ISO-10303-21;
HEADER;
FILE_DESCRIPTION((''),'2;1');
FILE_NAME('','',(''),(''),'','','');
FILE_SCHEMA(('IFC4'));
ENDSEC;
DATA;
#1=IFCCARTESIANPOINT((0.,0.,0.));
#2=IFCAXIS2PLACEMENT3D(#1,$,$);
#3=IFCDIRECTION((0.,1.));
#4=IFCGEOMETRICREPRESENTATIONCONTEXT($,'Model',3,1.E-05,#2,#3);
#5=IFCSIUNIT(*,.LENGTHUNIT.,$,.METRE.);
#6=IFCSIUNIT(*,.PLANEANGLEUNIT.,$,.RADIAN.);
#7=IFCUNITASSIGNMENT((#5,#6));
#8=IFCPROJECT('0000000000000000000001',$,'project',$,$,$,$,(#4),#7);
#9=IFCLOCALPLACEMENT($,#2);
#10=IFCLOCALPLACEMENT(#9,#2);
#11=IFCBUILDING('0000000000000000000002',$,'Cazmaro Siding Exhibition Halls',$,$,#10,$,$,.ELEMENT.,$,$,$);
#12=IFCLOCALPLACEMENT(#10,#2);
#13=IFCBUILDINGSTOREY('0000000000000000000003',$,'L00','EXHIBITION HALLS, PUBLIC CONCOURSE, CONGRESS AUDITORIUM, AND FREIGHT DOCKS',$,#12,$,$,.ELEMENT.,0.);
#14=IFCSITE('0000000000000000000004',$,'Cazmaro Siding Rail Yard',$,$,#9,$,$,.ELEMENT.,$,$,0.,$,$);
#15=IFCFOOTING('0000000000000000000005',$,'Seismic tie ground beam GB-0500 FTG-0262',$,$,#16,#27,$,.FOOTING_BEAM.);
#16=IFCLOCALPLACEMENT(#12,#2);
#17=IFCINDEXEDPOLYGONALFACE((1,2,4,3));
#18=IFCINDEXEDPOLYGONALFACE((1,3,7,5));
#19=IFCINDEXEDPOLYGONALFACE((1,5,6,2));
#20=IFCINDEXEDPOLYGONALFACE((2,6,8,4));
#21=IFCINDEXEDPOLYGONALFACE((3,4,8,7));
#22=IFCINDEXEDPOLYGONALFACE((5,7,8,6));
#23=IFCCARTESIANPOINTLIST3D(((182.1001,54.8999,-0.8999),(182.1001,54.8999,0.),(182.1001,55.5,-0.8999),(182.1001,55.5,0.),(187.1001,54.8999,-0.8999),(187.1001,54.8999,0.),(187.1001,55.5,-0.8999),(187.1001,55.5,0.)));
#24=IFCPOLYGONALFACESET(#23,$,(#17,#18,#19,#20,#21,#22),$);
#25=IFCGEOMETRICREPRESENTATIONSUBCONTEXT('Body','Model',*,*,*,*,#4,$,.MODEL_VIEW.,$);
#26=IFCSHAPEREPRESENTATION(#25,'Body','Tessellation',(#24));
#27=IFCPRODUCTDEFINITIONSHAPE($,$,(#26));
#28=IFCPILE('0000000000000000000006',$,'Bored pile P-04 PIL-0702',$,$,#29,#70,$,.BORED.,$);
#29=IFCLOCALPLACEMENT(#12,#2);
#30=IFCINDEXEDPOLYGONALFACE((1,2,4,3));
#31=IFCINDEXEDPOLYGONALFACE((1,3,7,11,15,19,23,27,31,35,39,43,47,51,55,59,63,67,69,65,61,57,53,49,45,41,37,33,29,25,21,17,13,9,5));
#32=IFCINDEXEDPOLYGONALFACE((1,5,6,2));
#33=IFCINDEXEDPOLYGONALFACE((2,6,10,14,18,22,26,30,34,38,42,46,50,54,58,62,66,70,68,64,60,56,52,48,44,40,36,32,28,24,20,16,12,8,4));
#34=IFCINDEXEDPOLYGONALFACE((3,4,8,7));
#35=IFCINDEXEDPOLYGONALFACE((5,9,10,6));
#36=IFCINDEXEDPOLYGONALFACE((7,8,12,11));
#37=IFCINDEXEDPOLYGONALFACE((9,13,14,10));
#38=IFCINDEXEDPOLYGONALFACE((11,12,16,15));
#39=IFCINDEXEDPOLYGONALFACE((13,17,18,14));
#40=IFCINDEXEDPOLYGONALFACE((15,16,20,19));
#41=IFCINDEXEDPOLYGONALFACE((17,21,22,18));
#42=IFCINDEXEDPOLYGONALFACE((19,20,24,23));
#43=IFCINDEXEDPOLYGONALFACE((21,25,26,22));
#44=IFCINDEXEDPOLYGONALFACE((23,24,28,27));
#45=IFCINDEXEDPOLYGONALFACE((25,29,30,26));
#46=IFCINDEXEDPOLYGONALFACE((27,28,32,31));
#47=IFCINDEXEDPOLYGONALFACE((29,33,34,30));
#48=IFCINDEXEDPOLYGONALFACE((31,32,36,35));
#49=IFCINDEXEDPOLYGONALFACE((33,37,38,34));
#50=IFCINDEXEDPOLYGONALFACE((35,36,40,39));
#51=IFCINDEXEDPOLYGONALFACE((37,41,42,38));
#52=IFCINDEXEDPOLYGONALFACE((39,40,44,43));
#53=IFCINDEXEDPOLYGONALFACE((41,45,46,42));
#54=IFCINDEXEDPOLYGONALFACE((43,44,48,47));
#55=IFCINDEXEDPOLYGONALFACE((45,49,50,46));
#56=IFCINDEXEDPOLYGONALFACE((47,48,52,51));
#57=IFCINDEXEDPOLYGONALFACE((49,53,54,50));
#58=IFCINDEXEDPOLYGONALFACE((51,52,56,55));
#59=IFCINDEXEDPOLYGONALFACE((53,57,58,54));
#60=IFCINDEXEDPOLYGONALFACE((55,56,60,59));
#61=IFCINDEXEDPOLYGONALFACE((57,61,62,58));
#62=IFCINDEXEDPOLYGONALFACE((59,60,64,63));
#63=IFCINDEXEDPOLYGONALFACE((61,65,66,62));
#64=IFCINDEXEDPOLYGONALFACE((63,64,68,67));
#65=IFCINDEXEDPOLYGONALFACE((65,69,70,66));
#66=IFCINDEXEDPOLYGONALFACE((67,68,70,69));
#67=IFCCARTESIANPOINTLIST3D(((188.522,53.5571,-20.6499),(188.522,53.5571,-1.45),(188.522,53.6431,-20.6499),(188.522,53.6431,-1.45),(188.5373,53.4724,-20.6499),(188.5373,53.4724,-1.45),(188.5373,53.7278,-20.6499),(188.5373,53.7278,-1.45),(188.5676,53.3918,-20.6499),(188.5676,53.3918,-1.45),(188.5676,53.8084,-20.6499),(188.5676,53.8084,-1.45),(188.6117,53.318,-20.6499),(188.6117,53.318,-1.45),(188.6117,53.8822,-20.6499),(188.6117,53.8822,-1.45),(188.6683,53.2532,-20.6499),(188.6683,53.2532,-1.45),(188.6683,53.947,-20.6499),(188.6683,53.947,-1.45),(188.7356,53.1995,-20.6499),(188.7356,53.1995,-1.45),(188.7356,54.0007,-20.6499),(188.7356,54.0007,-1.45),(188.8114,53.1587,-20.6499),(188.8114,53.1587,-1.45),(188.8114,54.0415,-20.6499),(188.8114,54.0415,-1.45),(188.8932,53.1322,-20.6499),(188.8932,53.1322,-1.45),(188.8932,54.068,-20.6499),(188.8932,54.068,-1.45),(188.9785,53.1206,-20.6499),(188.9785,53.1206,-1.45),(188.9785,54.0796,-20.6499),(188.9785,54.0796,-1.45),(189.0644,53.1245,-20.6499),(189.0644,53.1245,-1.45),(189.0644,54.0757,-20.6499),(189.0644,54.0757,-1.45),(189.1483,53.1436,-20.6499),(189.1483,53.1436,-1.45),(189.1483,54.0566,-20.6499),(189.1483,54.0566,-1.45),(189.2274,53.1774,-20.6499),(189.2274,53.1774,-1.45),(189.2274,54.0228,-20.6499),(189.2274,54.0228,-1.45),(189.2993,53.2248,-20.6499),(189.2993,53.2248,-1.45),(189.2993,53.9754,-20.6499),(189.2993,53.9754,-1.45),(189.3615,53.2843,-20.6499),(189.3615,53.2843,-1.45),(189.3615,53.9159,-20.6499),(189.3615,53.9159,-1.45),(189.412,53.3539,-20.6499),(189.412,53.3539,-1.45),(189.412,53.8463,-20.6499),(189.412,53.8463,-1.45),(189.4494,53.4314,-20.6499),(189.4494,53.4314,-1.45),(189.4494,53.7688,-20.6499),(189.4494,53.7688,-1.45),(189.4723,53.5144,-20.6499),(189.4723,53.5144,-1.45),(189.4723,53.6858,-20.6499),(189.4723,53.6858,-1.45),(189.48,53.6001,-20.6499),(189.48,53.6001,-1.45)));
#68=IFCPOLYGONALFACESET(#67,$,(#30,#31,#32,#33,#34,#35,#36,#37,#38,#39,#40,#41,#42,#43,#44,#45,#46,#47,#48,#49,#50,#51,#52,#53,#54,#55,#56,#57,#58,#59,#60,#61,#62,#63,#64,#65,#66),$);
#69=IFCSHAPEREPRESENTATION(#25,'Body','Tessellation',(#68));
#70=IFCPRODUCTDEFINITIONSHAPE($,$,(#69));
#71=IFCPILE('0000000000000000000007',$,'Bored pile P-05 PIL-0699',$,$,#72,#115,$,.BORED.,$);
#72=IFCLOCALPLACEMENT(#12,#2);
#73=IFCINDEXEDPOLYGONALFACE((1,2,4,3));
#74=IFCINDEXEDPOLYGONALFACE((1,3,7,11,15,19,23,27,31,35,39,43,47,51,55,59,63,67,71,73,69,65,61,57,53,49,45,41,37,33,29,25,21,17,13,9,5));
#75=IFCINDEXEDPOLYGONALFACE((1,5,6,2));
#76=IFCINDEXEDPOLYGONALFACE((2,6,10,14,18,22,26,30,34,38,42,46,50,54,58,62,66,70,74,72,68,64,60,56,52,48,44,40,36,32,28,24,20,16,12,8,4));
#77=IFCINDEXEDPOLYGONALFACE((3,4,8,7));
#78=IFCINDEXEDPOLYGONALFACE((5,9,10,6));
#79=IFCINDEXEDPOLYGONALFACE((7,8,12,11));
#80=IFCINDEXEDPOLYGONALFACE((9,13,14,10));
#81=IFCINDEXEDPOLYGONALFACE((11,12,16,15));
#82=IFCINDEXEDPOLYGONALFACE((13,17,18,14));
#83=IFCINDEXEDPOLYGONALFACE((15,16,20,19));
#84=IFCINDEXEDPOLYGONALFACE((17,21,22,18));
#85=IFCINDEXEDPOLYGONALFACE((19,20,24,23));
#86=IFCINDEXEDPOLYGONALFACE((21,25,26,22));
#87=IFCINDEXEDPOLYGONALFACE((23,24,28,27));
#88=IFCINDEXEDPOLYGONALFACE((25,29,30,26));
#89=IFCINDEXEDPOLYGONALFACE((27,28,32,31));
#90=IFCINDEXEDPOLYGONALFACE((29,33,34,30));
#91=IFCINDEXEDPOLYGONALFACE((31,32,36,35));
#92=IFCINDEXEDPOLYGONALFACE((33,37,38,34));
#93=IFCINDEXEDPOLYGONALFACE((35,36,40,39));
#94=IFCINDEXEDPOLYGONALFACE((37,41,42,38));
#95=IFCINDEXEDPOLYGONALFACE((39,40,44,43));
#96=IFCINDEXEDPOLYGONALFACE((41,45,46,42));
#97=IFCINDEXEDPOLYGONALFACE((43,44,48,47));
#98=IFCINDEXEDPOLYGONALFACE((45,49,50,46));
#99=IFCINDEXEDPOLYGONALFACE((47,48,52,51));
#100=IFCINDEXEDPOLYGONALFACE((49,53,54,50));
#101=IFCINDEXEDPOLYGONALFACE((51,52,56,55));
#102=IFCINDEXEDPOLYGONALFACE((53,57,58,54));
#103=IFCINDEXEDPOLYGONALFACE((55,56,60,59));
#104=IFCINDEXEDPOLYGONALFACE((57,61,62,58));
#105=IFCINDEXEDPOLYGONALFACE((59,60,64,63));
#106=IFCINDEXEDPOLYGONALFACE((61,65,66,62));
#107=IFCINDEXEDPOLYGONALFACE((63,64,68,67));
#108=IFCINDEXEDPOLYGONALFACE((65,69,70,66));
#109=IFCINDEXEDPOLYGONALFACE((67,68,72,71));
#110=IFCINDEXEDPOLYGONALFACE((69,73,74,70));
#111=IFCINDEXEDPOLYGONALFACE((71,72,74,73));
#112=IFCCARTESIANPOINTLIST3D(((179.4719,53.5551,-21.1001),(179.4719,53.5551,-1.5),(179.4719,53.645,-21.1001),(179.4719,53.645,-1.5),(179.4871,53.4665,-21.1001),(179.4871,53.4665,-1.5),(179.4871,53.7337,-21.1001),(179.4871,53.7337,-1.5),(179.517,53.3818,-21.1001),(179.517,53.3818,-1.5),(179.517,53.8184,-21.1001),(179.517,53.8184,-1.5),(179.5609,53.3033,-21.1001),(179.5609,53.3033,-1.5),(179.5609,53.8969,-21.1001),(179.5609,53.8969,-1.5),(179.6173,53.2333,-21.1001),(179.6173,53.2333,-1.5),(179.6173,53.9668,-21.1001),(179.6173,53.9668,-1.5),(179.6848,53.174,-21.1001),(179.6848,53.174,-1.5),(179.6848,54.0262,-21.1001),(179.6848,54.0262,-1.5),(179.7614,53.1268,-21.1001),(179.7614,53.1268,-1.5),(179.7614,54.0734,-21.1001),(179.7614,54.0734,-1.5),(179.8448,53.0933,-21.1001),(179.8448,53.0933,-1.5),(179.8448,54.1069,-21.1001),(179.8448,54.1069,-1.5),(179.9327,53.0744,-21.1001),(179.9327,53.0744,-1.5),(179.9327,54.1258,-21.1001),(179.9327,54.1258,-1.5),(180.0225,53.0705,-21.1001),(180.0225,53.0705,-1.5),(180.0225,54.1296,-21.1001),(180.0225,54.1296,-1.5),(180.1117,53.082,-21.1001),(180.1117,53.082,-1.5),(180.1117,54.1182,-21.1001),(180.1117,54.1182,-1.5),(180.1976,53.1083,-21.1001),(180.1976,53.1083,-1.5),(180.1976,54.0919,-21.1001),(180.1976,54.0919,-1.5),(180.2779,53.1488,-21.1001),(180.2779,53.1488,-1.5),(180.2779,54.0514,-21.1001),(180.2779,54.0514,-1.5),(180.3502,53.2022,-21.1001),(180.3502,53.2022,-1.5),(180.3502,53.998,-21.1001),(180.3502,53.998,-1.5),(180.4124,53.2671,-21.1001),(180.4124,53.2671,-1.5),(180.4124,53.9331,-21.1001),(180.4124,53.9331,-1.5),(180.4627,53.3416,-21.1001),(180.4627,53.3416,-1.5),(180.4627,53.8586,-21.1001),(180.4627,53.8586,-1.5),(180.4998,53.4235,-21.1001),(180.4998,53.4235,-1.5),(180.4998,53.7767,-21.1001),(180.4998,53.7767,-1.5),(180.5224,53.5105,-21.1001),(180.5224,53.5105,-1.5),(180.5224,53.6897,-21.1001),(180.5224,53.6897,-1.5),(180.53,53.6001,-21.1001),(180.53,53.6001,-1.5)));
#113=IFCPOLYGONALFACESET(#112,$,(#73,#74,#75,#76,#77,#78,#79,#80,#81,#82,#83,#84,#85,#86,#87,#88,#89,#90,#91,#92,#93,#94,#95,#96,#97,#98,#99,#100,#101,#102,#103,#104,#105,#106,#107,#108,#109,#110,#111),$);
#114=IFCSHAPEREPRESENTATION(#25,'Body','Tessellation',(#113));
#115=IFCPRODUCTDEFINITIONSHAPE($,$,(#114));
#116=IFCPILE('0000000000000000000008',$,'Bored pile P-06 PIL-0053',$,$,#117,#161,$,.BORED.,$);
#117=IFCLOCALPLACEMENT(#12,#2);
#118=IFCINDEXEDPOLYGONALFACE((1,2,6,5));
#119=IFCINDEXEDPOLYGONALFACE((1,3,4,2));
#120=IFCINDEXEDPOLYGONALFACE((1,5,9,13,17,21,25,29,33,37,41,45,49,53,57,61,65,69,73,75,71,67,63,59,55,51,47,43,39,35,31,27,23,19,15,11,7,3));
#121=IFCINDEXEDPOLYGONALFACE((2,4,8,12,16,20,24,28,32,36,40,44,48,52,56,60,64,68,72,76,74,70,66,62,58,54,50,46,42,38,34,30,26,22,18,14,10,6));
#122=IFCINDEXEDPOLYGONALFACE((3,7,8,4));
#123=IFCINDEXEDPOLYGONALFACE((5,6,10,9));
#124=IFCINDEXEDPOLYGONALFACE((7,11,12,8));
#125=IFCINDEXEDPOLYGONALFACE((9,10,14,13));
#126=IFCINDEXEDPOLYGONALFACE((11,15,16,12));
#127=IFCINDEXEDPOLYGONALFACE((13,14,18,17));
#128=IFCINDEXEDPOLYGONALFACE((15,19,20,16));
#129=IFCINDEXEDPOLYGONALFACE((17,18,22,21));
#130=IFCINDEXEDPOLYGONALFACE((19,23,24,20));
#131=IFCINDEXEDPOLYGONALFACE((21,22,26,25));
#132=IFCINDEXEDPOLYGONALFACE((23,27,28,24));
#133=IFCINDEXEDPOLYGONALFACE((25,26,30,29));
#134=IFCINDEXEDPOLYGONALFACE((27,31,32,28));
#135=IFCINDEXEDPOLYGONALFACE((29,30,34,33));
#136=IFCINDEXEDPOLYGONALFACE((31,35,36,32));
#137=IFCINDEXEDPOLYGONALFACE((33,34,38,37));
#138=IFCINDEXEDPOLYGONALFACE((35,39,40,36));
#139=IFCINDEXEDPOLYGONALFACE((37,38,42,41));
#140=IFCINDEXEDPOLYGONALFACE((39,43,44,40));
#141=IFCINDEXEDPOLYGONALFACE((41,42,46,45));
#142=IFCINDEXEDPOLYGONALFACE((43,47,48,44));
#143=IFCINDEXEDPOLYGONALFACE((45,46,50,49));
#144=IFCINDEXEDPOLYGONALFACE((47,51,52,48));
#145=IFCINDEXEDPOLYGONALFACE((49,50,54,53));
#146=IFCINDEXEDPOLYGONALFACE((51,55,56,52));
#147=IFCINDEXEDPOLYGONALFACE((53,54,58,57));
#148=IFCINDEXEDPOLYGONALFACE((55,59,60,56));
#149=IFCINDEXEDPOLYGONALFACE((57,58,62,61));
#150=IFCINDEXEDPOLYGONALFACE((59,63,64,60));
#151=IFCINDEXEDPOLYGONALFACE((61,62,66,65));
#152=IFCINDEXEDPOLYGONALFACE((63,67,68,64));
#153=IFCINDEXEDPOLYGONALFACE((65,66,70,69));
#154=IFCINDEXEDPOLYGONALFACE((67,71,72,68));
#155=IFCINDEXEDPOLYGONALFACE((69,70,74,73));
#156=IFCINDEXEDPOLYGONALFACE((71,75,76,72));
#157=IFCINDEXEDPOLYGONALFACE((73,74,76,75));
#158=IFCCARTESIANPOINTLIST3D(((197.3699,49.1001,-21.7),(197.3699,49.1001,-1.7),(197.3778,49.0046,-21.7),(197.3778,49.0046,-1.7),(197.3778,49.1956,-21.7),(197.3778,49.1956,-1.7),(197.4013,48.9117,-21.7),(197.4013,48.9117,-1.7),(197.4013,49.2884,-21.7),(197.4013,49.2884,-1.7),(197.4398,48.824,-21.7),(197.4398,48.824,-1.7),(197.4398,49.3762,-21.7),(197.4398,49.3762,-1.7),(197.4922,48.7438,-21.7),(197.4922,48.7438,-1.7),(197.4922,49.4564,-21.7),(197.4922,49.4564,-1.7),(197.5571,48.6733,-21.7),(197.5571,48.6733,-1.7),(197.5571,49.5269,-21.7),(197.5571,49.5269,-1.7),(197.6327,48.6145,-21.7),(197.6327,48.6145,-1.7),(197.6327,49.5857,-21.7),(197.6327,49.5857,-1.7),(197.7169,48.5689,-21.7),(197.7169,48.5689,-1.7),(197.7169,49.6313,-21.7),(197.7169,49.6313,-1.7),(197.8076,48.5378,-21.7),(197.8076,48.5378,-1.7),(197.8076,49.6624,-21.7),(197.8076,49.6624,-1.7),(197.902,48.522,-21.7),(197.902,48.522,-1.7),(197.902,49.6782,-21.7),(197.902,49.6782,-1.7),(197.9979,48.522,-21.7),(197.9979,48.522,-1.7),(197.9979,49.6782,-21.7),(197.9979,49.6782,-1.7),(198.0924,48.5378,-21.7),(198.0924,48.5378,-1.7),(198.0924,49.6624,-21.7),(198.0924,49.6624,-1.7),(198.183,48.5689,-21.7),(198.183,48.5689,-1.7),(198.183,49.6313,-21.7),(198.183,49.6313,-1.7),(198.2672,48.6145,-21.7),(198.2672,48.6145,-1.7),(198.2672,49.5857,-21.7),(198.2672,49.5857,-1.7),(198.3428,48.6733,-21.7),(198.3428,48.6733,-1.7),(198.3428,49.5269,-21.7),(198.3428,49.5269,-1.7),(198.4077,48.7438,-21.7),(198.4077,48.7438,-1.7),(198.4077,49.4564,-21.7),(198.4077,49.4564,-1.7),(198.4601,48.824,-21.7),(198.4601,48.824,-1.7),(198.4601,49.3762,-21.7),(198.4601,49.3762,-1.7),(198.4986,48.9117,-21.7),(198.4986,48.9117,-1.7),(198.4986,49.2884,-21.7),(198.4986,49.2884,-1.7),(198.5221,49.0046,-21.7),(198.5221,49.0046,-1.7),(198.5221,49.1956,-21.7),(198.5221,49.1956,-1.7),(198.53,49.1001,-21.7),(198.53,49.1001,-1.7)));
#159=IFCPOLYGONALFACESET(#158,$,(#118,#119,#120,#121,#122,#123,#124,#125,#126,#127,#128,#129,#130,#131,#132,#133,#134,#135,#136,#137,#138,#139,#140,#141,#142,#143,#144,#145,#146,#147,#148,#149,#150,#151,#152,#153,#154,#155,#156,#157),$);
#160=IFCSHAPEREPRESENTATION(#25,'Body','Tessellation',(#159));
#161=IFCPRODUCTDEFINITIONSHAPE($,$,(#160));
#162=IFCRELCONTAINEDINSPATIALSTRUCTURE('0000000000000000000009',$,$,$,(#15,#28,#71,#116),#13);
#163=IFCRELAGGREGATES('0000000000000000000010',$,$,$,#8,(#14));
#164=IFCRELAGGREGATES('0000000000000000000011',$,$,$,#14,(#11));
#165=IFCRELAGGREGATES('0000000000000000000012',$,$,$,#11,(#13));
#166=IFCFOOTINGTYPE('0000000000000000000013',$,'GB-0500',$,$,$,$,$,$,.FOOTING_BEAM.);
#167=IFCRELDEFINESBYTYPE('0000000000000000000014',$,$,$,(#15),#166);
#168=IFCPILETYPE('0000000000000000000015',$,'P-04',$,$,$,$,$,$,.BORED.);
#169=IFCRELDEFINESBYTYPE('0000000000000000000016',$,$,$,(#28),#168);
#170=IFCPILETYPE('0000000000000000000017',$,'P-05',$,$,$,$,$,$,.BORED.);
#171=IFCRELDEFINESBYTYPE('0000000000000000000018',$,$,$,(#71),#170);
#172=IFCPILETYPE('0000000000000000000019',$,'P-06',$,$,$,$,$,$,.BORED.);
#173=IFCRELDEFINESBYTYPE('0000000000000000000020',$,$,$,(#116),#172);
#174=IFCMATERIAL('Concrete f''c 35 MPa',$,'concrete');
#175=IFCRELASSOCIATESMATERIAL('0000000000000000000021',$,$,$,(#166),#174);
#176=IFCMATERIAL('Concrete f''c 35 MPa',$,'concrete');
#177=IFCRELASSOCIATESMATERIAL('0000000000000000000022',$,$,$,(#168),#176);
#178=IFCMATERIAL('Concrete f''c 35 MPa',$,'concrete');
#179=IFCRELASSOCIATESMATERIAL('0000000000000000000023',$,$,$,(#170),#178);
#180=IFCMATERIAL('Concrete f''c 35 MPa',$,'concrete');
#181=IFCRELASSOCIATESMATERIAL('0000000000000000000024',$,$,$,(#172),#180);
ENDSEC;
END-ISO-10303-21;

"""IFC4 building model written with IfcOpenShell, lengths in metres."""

from ifc_helpers import new_model, si_unit, direction, frame, origin, origin_2d, place, context, subcontext, project, spatial, rectangle, circle, extrude, material, material_profile, profile_set, type_object, element, save


model = new_model("IFC4")

# Units and contexts
model_context = context("Model", 3, precision=1e-05, world=origin(), true_north=direction((0.0, 1.0)))
body_context = subcontext(model_context, "Body", "Model", "MODEL_VIEW")
ifc_project = project(units=[si_unit("LENGTHUNIT", "METRE"), si_unit("PLANEANGLEUNIT", "RADIAN")], contexts=[model_context])

# Site, building, storey
site_placement = place(None, origin())
site = spatial("IfcSite", under=ifc_project, at=site_placement, Name="Cazmaro Siding Rail Yard", CompositionType="ELEMENT", RefElevation=0.0)
building_placement = place(site_placement, origin())
building = spatial("IfcBuilding", under=site, at=building_placement, Name="Cazmaro Siding Exhibition Halls", CompositionType="ELEMENT")
storey_placement = place(building_placement, origin())
storey = spatial("IfcBuildingStorey", under=building, at=storey_placement, Name="L00", Description="EXHIBITION HALLS, PUBLIC CONCOURSE, CONGRESS AUDITORIUM, AND FREIGHT DOCKS", CompositionType="ELEMENT", Elevation=0.0)

# Footing
ifc_material_1 = material(Name="Concrete f'c 35 MPa", Category="concrete")
footing_type_1 = type_object("IfcFootingType", Name="GB-0500", PredefinedType="FOOTING_BEAM", material=ifc_material_1)
footing_1_placement = place(storey_placement, frame((184.6001, 55.2, -0.8999), z_axis=(0.0, 0.0, 1.0), x_axis=(1.0, 0.0, 0.0)))
element("IfcFooting", 1, at=footing_1_placement, inside=storey, type_object=footing_type_1, Name="Seismic tie ground beam GB-0500 FTG-0262", PredefinedType="FOOTING_BEAM", context=body_context, shape_type="SweptSolid", body=[
    extrude(rectangle(XDim=5.0, YDim=0.6001, at=origin_2d()), origin(), (0.0, 0.0, 1.0), 0.8999),
])

# Piles
ifc_material_2 = material(Name="Concrete f'c 35 MPa", Category="concrete")
ifc_material_profile_1 = material_profile(ifc_material_2, circle(Radius=0.48, at=origin_2d()), Name="CIDH-960")
ifc_profile_set_1 = profile_set([ifc_material_profile_1], Name="Concrete f'c 35 MPa")
pile_type_1 = type_object("IfcPileType", Name="P-04", PredefinedType="BORED", material=ifc_profile_set_1)
pile_1_placement = place(storey_placement, frame((189.0, 53.6001, -1.45), z_axis=(0.0, 0.0, -1.0), x_axis=(1.0, 0.0, 0.0)))
element("IfcPile", 2, at=pile_1_placement, inside=storey, type_object=pile_type_1, Name="Bored pile P-04 PIL-0702", PredefinedType="BORED", context=body_context, shape_type="SweptSolid", body=[
    extrude(circle(Radius=0.48, at=origin_2d()), origin(), (0.0, 0.0, 1.0), 19.2),
])
ifc_material_3 = material(Name="Concrete f'c 35 MPa", Category="concrete")
ifc_material_profile_2 = material_profile(ifc_material_3, circle(Radius=0.53, at=origin_2d()), Name="CIDH-1060")
ifc_profile_set_2 = profile_set([ifc_material_profile_2], Name="Concrete f'c 35 MPa")
pile_type_2 = type_object("IfcPileType", Name="P-05", PredefinedType="BORED", material=ifc_profile_set_2)
pile_2_placement = place(storey_placement, frame((180.0, 53.6001, -1.5), z_axis=(0.0, 0.0, -1.0), x_axis=(1.0, 0.0, 0.0)))
element("IfcPile", 3, at=pile_2_placement, inside=storey, type_object=pile_type_2, Name="Bored pile P-05 PIL-0699", PredefinedType="BORED", context=body_context, shape_type="SweptSolid", body=[
    extrude(circle(Radius=0.53, at=origin_2d()), origin(), (0.0, 0.0, 1.0), 19.6001),
])
ifc_material_4 = material(Name="Concrete f'c 35 MPa", Category="concrete")
ifc_material_profile_3 = material_profile(ifc_material_4, circle(Radius=0.5801, at=origin_2d()), Name="CIDH-1160")
ifc_profile_set_3 = profile_set([ifc_material_profile_3], Name="Concrete f'c 35 MPa")
pile_type_3 = type_object("IfcPileType", Name="P-06", PredefinedType="BORED", material=ifc_profile_set_3)
for number, where, z_axis, x_axis, name in (
    (4, (197.95, 49.1001, -1.7), (0.0, 0.0, -1.0), (1.0, 0.0, 0.0), "Bored pile P-06 PIL-0053"),
):
    element("IfcPile", number, at=place(storey_placement, frame(where, z_axis=z_axis, x_axis=x_axis)), inside=storey, type_object=pile_type_3, Name=name, PredefinedType="BORED", context=body_context, shape_type="SweptSolid", body=[
        extrude(circle(Radius=0.5801, at=origin_2d()), origin(), (0.0, 0.0, 1.0), 20.0),
    ])

save(model, "model.ifc")
